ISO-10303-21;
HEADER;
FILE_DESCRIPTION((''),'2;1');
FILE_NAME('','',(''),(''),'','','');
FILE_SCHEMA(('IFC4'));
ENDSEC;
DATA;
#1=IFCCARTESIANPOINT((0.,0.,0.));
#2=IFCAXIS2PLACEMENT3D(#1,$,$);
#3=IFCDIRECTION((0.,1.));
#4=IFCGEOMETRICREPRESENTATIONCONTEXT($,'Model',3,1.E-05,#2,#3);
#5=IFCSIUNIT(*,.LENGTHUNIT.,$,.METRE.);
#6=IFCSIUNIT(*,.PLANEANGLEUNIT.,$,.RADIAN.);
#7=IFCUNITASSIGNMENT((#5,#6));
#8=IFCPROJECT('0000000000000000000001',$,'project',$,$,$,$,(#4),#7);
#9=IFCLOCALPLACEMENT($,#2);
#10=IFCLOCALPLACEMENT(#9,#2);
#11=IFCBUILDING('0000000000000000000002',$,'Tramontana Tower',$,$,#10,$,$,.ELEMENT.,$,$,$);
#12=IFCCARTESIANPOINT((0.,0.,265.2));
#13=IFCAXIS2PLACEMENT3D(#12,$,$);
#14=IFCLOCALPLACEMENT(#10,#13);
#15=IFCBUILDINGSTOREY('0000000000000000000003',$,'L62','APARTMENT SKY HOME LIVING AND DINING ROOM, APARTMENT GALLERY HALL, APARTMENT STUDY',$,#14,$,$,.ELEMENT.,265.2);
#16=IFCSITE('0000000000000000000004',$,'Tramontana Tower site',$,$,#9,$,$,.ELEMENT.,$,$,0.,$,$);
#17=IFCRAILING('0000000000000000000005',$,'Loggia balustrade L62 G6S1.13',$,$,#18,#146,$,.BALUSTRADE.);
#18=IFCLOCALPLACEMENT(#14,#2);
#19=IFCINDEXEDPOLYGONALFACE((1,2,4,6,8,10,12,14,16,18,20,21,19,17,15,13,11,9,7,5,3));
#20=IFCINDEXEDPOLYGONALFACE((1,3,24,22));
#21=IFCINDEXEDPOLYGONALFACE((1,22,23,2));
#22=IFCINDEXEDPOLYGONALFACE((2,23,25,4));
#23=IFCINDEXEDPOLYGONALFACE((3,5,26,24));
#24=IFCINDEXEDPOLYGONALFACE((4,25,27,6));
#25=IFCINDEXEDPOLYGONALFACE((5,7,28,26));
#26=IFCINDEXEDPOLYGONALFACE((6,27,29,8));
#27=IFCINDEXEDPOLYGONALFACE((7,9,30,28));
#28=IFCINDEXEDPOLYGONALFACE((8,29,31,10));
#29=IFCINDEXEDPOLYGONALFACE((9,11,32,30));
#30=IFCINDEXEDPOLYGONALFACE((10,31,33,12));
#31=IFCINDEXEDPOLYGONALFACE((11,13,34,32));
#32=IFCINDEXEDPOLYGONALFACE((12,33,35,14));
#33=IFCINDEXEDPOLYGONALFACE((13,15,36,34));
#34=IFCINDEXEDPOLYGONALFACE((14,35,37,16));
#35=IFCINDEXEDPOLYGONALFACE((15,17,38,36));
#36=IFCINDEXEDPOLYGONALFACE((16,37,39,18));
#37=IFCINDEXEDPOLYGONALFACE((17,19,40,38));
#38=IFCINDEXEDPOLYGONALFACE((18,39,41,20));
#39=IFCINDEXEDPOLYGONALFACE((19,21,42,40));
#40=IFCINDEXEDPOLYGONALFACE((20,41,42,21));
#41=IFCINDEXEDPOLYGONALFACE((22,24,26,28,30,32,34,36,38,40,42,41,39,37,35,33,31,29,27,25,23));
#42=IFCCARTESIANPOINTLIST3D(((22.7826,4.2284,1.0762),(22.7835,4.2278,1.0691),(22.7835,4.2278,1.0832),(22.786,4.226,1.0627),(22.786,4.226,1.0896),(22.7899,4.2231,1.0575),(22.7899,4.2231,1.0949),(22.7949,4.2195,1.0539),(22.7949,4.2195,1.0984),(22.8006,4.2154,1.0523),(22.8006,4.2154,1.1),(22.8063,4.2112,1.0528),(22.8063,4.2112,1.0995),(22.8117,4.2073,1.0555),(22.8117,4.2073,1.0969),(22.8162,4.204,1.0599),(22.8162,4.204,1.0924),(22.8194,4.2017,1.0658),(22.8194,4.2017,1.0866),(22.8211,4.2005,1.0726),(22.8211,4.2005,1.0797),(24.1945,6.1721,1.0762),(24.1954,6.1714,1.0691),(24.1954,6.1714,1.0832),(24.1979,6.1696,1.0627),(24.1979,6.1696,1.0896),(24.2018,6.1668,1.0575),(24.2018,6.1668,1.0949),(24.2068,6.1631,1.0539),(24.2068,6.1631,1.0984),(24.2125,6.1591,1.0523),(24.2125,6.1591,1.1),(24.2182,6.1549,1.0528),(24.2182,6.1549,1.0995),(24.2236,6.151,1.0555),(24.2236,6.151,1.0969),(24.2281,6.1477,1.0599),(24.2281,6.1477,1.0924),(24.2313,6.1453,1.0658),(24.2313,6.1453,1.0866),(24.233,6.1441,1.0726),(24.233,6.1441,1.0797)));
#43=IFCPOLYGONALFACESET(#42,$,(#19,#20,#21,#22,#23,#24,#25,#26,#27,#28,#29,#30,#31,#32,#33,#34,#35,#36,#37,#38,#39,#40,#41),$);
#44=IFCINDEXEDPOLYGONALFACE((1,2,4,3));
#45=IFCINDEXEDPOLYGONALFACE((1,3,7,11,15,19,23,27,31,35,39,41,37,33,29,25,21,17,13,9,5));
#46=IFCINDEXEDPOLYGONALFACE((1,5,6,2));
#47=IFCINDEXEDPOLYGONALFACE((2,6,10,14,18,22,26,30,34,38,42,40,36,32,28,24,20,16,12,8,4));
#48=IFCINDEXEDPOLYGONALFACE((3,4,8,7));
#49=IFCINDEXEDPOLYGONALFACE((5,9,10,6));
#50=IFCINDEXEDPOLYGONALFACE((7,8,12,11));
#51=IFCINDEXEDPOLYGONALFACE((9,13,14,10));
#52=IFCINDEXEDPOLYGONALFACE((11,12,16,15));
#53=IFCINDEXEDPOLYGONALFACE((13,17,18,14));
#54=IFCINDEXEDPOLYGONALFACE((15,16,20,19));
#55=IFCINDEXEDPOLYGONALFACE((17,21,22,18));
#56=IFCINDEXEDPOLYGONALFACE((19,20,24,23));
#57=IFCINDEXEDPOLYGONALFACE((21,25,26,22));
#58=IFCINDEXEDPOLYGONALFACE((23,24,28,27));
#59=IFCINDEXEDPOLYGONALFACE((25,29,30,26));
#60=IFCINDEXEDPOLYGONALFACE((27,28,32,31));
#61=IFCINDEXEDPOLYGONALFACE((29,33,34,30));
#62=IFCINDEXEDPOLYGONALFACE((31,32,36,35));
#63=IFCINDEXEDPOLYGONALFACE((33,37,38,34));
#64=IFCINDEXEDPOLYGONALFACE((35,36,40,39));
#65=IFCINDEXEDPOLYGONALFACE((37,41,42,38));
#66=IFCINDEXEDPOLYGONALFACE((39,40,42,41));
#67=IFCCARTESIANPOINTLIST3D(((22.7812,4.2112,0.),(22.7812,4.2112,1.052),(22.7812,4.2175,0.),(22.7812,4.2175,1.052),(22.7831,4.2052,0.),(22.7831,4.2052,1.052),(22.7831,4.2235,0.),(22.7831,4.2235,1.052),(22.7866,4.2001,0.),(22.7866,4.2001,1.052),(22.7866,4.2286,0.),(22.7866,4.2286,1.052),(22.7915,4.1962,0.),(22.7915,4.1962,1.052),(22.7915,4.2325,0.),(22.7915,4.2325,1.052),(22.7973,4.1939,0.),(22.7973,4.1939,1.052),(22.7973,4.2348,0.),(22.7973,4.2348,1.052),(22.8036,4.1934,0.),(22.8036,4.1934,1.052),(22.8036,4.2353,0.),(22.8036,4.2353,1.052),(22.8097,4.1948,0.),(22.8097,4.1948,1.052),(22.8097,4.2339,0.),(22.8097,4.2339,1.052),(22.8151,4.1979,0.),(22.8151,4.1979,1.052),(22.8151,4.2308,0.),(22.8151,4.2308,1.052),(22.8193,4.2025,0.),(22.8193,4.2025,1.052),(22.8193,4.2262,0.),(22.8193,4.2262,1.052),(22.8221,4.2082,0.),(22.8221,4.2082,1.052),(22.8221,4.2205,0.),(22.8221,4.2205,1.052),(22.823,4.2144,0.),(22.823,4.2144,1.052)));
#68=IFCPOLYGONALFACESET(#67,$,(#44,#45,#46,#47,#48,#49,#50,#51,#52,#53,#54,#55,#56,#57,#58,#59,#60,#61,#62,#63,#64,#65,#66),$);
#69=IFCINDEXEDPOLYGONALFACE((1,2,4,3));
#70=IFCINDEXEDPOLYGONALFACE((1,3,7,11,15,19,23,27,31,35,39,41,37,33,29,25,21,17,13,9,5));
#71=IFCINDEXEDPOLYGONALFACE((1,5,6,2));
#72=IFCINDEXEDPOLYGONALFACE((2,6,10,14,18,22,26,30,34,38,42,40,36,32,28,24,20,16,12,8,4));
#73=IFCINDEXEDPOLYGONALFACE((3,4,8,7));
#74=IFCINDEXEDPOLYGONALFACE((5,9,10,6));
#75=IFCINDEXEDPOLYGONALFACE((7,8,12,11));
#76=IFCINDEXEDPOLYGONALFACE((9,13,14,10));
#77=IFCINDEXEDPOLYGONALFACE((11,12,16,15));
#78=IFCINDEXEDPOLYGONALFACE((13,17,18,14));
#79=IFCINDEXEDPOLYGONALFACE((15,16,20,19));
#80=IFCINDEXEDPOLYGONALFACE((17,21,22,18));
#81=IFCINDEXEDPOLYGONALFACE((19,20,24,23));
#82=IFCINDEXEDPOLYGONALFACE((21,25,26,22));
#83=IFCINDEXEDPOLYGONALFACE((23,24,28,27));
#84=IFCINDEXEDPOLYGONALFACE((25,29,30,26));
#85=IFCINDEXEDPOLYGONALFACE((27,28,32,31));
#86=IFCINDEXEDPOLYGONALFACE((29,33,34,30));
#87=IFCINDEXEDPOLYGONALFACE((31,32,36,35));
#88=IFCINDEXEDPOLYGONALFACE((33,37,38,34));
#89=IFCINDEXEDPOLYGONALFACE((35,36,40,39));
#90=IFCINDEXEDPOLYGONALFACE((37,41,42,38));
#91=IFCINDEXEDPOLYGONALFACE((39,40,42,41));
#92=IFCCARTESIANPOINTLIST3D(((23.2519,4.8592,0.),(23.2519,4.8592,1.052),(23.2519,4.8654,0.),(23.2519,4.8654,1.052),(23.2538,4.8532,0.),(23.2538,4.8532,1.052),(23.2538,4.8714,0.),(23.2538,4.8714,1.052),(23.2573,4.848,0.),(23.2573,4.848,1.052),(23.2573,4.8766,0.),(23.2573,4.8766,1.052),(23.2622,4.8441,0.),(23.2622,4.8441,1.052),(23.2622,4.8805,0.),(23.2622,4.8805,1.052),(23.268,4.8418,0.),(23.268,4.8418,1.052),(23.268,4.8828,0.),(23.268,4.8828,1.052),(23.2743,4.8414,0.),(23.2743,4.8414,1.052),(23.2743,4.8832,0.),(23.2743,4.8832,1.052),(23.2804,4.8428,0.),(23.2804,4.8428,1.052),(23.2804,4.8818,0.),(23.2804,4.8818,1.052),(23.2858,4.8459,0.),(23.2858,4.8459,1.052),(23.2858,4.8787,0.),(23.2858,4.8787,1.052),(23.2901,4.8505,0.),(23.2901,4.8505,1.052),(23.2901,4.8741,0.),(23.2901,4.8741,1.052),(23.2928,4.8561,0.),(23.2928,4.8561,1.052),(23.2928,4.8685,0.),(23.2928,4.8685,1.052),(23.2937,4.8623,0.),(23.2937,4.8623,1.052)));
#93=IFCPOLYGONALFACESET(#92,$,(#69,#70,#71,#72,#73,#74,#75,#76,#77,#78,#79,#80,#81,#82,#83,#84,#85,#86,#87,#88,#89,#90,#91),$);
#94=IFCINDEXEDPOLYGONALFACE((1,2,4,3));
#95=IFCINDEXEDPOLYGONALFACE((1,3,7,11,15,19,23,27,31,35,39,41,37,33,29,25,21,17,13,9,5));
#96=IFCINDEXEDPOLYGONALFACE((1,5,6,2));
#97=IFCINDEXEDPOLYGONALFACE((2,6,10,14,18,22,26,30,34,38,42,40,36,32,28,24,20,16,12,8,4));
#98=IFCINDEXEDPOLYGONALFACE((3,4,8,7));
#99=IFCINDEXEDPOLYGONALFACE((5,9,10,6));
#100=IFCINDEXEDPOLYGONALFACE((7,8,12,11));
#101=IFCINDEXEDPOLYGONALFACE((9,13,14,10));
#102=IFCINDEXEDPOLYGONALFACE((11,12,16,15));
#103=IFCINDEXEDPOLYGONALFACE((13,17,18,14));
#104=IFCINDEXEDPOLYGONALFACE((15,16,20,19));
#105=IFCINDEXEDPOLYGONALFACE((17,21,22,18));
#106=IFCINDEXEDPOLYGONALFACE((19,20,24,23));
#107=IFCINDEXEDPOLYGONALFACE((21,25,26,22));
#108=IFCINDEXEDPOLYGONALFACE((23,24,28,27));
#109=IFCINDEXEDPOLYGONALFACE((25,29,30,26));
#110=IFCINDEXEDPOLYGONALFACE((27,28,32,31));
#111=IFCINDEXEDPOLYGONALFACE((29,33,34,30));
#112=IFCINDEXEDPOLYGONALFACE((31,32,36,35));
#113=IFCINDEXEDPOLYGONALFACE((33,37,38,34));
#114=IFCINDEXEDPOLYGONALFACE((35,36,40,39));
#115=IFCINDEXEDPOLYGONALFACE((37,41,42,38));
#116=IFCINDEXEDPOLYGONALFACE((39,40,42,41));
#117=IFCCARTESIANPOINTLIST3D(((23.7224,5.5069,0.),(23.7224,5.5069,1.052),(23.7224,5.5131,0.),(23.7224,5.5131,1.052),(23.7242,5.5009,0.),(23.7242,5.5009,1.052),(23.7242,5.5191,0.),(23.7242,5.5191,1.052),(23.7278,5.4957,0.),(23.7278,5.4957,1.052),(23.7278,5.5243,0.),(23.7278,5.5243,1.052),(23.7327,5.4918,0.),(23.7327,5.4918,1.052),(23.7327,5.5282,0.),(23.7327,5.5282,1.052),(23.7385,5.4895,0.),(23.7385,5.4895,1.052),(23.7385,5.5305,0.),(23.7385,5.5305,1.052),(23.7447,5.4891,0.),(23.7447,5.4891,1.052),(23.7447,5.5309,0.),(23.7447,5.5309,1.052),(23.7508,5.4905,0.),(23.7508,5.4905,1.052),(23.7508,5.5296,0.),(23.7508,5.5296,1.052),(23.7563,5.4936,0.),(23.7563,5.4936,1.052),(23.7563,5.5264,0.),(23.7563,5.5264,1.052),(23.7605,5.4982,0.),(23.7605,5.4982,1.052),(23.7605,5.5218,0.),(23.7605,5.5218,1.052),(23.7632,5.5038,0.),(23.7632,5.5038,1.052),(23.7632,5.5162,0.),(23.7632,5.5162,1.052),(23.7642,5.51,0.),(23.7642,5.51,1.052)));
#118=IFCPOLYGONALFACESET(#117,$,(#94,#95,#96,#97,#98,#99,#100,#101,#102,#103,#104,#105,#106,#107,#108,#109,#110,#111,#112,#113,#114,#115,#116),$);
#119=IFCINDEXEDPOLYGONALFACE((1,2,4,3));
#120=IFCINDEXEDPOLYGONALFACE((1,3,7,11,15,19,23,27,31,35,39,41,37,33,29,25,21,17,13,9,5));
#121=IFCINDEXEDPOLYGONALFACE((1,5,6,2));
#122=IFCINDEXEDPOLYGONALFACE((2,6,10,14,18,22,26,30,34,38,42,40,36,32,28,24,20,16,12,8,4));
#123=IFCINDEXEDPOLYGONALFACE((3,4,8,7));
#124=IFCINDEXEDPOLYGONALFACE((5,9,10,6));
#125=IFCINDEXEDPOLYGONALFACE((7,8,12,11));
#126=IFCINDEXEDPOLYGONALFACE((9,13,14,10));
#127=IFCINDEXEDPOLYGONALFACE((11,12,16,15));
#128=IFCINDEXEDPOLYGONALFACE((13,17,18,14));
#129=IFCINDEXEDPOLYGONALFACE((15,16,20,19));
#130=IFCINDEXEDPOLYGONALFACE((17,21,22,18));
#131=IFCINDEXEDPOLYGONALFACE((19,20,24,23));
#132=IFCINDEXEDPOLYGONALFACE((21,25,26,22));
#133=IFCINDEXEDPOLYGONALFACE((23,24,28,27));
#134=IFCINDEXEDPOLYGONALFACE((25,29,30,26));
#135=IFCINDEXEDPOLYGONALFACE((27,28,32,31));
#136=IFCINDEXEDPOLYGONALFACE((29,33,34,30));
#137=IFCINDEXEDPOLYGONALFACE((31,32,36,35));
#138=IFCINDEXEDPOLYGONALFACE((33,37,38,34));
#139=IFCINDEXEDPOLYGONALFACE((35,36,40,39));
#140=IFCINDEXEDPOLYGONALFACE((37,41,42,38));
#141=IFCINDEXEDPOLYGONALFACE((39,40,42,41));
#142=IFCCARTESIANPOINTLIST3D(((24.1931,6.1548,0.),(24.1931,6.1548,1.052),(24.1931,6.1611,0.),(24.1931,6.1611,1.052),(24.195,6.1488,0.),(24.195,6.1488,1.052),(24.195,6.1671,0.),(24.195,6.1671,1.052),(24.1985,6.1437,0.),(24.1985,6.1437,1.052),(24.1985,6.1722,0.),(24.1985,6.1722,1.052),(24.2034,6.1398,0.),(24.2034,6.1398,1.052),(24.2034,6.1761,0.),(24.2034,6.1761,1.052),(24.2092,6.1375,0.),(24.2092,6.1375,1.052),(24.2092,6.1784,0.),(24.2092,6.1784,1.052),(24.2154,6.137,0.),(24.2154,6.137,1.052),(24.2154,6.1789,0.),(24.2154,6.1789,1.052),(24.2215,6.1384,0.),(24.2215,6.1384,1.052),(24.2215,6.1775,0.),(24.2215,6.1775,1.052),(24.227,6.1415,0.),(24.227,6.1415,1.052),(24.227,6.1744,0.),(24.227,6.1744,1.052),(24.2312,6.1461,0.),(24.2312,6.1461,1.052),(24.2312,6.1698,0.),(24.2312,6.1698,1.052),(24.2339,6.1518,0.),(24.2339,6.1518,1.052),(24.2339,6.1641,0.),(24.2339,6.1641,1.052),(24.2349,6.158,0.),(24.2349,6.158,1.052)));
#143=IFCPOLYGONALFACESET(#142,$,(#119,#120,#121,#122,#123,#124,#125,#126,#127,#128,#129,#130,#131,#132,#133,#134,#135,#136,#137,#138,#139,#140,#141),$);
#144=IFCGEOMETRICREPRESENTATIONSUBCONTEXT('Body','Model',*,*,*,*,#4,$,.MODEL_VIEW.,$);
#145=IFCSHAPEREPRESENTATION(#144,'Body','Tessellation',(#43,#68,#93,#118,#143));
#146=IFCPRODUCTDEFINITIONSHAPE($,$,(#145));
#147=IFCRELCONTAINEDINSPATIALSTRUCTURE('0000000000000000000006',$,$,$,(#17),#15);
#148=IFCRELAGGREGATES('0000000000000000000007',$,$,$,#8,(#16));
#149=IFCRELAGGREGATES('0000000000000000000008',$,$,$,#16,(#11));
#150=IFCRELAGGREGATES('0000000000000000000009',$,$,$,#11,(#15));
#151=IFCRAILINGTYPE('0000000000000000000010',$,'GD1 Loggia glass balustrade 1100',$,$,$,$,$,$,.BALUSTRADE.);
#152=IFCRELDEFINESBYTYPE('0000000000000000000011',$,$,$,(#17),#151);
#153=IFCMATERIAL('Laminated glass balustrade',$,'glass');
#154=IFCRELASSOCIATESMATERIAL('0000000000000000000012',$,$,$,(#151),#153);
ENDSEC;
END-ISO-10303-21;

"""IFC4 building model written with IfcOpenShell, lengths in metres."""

from ifc_helpers import new_model, si_unit, direction, frame, origin, origin_2d, place, context, subcontext, project, spatial, circle, extrude, material, type_object, element, save


model = new_model("IFC4")

# Units and contexts
model_context = context("Model", 3, precision=1e-05, world=origin(), true_north=direction((0.0, 1.0)))
body_context = subcontext(model_context, "Body", "Model", "MODEL_VIEW")
ifc_project = project(units=[si_unit("LENGTHUNIT", "METRE"), si_unit("PLANEANGLEUNIT", "RADIAN")], contexts=[model_context])

# Site, building, storey
site_placement = place(None, origin())
site = spatial("IfcSite", under=ifc_project, at=site_placement, Name="Tramontana Tower site", CompositionType="ELEMENT", RefElevation=0.0)
building_placement = place(site_placement, origin())
building = spatial("IfcBuilding", under=site, at=building_placement, Name="Tramontana Tower", CompositionType="ELEMENT")
storey_placement = place(building_placement, frame((0.0, 0.0, 265.2)))
storey = spatial("IfcBuildingStorey", under=building, at=storey_placement, Name="L62", Description="APARTMENT SKY HOME LIVING AND DINING ROOM, APARTMENT GALLERY HALL, APARTMENT STUDY", CompositionType="ELEMENT", Elevation=265.2)

# Railing
ifc_material_1 = material(Name="Laminated glass balustrade", Category="glass")
railing_type = type_object("IfcRailingType", Name="GD1 Loggia glass balustrade 1100", PredefinedType="BALUSTRADE", material=ifc_material_1)
railing_1_placement = place(storey_placement, frame((22.802, 4.2144, 0.0)))
element("IfcRailing", 1, at=railing_1_placement, inside=storey, type_object=railing_type, Name="Loggia balustrade L62 G6S1.13", PredefinedType="BALUSTRADE", context=body_context, shape_type="SweptSolid", body=[
    extrude(circle(Radius=0.0239, at=origin_2d()), frame((0.0, 0.0, 1.0762), z_axis=(0.587718, 0.809066, 0.0), x_axis=(-0.809066, 0.587718, 0.0)), (0.0, 0.0, 1.0), 2.4023),
    extrude(circle(Radius=0.021, at=origin_2d()), origin(), (0.0, 0.0, 1.0), 1.052),
    extrude(circle(Radius=0.021, at=origin_2d()), frame((0.4707, 0.6479, 0.0)), (0.0, 0.0, 1.0), 1.052),
    extrude(circle(Radius=0.021, at=origin_2d()), frame((0.9412, 1.2957, 0.0)), (0.0, 0.0, 1.0), 1.052),
    extrude(circle(Radius=0.021, at=origin_2d()), frame((1.4119, 1.9436, 0.0)), (0.0, 0.0, 1.0), 1.052),
])

save(model, "model.ifc")
